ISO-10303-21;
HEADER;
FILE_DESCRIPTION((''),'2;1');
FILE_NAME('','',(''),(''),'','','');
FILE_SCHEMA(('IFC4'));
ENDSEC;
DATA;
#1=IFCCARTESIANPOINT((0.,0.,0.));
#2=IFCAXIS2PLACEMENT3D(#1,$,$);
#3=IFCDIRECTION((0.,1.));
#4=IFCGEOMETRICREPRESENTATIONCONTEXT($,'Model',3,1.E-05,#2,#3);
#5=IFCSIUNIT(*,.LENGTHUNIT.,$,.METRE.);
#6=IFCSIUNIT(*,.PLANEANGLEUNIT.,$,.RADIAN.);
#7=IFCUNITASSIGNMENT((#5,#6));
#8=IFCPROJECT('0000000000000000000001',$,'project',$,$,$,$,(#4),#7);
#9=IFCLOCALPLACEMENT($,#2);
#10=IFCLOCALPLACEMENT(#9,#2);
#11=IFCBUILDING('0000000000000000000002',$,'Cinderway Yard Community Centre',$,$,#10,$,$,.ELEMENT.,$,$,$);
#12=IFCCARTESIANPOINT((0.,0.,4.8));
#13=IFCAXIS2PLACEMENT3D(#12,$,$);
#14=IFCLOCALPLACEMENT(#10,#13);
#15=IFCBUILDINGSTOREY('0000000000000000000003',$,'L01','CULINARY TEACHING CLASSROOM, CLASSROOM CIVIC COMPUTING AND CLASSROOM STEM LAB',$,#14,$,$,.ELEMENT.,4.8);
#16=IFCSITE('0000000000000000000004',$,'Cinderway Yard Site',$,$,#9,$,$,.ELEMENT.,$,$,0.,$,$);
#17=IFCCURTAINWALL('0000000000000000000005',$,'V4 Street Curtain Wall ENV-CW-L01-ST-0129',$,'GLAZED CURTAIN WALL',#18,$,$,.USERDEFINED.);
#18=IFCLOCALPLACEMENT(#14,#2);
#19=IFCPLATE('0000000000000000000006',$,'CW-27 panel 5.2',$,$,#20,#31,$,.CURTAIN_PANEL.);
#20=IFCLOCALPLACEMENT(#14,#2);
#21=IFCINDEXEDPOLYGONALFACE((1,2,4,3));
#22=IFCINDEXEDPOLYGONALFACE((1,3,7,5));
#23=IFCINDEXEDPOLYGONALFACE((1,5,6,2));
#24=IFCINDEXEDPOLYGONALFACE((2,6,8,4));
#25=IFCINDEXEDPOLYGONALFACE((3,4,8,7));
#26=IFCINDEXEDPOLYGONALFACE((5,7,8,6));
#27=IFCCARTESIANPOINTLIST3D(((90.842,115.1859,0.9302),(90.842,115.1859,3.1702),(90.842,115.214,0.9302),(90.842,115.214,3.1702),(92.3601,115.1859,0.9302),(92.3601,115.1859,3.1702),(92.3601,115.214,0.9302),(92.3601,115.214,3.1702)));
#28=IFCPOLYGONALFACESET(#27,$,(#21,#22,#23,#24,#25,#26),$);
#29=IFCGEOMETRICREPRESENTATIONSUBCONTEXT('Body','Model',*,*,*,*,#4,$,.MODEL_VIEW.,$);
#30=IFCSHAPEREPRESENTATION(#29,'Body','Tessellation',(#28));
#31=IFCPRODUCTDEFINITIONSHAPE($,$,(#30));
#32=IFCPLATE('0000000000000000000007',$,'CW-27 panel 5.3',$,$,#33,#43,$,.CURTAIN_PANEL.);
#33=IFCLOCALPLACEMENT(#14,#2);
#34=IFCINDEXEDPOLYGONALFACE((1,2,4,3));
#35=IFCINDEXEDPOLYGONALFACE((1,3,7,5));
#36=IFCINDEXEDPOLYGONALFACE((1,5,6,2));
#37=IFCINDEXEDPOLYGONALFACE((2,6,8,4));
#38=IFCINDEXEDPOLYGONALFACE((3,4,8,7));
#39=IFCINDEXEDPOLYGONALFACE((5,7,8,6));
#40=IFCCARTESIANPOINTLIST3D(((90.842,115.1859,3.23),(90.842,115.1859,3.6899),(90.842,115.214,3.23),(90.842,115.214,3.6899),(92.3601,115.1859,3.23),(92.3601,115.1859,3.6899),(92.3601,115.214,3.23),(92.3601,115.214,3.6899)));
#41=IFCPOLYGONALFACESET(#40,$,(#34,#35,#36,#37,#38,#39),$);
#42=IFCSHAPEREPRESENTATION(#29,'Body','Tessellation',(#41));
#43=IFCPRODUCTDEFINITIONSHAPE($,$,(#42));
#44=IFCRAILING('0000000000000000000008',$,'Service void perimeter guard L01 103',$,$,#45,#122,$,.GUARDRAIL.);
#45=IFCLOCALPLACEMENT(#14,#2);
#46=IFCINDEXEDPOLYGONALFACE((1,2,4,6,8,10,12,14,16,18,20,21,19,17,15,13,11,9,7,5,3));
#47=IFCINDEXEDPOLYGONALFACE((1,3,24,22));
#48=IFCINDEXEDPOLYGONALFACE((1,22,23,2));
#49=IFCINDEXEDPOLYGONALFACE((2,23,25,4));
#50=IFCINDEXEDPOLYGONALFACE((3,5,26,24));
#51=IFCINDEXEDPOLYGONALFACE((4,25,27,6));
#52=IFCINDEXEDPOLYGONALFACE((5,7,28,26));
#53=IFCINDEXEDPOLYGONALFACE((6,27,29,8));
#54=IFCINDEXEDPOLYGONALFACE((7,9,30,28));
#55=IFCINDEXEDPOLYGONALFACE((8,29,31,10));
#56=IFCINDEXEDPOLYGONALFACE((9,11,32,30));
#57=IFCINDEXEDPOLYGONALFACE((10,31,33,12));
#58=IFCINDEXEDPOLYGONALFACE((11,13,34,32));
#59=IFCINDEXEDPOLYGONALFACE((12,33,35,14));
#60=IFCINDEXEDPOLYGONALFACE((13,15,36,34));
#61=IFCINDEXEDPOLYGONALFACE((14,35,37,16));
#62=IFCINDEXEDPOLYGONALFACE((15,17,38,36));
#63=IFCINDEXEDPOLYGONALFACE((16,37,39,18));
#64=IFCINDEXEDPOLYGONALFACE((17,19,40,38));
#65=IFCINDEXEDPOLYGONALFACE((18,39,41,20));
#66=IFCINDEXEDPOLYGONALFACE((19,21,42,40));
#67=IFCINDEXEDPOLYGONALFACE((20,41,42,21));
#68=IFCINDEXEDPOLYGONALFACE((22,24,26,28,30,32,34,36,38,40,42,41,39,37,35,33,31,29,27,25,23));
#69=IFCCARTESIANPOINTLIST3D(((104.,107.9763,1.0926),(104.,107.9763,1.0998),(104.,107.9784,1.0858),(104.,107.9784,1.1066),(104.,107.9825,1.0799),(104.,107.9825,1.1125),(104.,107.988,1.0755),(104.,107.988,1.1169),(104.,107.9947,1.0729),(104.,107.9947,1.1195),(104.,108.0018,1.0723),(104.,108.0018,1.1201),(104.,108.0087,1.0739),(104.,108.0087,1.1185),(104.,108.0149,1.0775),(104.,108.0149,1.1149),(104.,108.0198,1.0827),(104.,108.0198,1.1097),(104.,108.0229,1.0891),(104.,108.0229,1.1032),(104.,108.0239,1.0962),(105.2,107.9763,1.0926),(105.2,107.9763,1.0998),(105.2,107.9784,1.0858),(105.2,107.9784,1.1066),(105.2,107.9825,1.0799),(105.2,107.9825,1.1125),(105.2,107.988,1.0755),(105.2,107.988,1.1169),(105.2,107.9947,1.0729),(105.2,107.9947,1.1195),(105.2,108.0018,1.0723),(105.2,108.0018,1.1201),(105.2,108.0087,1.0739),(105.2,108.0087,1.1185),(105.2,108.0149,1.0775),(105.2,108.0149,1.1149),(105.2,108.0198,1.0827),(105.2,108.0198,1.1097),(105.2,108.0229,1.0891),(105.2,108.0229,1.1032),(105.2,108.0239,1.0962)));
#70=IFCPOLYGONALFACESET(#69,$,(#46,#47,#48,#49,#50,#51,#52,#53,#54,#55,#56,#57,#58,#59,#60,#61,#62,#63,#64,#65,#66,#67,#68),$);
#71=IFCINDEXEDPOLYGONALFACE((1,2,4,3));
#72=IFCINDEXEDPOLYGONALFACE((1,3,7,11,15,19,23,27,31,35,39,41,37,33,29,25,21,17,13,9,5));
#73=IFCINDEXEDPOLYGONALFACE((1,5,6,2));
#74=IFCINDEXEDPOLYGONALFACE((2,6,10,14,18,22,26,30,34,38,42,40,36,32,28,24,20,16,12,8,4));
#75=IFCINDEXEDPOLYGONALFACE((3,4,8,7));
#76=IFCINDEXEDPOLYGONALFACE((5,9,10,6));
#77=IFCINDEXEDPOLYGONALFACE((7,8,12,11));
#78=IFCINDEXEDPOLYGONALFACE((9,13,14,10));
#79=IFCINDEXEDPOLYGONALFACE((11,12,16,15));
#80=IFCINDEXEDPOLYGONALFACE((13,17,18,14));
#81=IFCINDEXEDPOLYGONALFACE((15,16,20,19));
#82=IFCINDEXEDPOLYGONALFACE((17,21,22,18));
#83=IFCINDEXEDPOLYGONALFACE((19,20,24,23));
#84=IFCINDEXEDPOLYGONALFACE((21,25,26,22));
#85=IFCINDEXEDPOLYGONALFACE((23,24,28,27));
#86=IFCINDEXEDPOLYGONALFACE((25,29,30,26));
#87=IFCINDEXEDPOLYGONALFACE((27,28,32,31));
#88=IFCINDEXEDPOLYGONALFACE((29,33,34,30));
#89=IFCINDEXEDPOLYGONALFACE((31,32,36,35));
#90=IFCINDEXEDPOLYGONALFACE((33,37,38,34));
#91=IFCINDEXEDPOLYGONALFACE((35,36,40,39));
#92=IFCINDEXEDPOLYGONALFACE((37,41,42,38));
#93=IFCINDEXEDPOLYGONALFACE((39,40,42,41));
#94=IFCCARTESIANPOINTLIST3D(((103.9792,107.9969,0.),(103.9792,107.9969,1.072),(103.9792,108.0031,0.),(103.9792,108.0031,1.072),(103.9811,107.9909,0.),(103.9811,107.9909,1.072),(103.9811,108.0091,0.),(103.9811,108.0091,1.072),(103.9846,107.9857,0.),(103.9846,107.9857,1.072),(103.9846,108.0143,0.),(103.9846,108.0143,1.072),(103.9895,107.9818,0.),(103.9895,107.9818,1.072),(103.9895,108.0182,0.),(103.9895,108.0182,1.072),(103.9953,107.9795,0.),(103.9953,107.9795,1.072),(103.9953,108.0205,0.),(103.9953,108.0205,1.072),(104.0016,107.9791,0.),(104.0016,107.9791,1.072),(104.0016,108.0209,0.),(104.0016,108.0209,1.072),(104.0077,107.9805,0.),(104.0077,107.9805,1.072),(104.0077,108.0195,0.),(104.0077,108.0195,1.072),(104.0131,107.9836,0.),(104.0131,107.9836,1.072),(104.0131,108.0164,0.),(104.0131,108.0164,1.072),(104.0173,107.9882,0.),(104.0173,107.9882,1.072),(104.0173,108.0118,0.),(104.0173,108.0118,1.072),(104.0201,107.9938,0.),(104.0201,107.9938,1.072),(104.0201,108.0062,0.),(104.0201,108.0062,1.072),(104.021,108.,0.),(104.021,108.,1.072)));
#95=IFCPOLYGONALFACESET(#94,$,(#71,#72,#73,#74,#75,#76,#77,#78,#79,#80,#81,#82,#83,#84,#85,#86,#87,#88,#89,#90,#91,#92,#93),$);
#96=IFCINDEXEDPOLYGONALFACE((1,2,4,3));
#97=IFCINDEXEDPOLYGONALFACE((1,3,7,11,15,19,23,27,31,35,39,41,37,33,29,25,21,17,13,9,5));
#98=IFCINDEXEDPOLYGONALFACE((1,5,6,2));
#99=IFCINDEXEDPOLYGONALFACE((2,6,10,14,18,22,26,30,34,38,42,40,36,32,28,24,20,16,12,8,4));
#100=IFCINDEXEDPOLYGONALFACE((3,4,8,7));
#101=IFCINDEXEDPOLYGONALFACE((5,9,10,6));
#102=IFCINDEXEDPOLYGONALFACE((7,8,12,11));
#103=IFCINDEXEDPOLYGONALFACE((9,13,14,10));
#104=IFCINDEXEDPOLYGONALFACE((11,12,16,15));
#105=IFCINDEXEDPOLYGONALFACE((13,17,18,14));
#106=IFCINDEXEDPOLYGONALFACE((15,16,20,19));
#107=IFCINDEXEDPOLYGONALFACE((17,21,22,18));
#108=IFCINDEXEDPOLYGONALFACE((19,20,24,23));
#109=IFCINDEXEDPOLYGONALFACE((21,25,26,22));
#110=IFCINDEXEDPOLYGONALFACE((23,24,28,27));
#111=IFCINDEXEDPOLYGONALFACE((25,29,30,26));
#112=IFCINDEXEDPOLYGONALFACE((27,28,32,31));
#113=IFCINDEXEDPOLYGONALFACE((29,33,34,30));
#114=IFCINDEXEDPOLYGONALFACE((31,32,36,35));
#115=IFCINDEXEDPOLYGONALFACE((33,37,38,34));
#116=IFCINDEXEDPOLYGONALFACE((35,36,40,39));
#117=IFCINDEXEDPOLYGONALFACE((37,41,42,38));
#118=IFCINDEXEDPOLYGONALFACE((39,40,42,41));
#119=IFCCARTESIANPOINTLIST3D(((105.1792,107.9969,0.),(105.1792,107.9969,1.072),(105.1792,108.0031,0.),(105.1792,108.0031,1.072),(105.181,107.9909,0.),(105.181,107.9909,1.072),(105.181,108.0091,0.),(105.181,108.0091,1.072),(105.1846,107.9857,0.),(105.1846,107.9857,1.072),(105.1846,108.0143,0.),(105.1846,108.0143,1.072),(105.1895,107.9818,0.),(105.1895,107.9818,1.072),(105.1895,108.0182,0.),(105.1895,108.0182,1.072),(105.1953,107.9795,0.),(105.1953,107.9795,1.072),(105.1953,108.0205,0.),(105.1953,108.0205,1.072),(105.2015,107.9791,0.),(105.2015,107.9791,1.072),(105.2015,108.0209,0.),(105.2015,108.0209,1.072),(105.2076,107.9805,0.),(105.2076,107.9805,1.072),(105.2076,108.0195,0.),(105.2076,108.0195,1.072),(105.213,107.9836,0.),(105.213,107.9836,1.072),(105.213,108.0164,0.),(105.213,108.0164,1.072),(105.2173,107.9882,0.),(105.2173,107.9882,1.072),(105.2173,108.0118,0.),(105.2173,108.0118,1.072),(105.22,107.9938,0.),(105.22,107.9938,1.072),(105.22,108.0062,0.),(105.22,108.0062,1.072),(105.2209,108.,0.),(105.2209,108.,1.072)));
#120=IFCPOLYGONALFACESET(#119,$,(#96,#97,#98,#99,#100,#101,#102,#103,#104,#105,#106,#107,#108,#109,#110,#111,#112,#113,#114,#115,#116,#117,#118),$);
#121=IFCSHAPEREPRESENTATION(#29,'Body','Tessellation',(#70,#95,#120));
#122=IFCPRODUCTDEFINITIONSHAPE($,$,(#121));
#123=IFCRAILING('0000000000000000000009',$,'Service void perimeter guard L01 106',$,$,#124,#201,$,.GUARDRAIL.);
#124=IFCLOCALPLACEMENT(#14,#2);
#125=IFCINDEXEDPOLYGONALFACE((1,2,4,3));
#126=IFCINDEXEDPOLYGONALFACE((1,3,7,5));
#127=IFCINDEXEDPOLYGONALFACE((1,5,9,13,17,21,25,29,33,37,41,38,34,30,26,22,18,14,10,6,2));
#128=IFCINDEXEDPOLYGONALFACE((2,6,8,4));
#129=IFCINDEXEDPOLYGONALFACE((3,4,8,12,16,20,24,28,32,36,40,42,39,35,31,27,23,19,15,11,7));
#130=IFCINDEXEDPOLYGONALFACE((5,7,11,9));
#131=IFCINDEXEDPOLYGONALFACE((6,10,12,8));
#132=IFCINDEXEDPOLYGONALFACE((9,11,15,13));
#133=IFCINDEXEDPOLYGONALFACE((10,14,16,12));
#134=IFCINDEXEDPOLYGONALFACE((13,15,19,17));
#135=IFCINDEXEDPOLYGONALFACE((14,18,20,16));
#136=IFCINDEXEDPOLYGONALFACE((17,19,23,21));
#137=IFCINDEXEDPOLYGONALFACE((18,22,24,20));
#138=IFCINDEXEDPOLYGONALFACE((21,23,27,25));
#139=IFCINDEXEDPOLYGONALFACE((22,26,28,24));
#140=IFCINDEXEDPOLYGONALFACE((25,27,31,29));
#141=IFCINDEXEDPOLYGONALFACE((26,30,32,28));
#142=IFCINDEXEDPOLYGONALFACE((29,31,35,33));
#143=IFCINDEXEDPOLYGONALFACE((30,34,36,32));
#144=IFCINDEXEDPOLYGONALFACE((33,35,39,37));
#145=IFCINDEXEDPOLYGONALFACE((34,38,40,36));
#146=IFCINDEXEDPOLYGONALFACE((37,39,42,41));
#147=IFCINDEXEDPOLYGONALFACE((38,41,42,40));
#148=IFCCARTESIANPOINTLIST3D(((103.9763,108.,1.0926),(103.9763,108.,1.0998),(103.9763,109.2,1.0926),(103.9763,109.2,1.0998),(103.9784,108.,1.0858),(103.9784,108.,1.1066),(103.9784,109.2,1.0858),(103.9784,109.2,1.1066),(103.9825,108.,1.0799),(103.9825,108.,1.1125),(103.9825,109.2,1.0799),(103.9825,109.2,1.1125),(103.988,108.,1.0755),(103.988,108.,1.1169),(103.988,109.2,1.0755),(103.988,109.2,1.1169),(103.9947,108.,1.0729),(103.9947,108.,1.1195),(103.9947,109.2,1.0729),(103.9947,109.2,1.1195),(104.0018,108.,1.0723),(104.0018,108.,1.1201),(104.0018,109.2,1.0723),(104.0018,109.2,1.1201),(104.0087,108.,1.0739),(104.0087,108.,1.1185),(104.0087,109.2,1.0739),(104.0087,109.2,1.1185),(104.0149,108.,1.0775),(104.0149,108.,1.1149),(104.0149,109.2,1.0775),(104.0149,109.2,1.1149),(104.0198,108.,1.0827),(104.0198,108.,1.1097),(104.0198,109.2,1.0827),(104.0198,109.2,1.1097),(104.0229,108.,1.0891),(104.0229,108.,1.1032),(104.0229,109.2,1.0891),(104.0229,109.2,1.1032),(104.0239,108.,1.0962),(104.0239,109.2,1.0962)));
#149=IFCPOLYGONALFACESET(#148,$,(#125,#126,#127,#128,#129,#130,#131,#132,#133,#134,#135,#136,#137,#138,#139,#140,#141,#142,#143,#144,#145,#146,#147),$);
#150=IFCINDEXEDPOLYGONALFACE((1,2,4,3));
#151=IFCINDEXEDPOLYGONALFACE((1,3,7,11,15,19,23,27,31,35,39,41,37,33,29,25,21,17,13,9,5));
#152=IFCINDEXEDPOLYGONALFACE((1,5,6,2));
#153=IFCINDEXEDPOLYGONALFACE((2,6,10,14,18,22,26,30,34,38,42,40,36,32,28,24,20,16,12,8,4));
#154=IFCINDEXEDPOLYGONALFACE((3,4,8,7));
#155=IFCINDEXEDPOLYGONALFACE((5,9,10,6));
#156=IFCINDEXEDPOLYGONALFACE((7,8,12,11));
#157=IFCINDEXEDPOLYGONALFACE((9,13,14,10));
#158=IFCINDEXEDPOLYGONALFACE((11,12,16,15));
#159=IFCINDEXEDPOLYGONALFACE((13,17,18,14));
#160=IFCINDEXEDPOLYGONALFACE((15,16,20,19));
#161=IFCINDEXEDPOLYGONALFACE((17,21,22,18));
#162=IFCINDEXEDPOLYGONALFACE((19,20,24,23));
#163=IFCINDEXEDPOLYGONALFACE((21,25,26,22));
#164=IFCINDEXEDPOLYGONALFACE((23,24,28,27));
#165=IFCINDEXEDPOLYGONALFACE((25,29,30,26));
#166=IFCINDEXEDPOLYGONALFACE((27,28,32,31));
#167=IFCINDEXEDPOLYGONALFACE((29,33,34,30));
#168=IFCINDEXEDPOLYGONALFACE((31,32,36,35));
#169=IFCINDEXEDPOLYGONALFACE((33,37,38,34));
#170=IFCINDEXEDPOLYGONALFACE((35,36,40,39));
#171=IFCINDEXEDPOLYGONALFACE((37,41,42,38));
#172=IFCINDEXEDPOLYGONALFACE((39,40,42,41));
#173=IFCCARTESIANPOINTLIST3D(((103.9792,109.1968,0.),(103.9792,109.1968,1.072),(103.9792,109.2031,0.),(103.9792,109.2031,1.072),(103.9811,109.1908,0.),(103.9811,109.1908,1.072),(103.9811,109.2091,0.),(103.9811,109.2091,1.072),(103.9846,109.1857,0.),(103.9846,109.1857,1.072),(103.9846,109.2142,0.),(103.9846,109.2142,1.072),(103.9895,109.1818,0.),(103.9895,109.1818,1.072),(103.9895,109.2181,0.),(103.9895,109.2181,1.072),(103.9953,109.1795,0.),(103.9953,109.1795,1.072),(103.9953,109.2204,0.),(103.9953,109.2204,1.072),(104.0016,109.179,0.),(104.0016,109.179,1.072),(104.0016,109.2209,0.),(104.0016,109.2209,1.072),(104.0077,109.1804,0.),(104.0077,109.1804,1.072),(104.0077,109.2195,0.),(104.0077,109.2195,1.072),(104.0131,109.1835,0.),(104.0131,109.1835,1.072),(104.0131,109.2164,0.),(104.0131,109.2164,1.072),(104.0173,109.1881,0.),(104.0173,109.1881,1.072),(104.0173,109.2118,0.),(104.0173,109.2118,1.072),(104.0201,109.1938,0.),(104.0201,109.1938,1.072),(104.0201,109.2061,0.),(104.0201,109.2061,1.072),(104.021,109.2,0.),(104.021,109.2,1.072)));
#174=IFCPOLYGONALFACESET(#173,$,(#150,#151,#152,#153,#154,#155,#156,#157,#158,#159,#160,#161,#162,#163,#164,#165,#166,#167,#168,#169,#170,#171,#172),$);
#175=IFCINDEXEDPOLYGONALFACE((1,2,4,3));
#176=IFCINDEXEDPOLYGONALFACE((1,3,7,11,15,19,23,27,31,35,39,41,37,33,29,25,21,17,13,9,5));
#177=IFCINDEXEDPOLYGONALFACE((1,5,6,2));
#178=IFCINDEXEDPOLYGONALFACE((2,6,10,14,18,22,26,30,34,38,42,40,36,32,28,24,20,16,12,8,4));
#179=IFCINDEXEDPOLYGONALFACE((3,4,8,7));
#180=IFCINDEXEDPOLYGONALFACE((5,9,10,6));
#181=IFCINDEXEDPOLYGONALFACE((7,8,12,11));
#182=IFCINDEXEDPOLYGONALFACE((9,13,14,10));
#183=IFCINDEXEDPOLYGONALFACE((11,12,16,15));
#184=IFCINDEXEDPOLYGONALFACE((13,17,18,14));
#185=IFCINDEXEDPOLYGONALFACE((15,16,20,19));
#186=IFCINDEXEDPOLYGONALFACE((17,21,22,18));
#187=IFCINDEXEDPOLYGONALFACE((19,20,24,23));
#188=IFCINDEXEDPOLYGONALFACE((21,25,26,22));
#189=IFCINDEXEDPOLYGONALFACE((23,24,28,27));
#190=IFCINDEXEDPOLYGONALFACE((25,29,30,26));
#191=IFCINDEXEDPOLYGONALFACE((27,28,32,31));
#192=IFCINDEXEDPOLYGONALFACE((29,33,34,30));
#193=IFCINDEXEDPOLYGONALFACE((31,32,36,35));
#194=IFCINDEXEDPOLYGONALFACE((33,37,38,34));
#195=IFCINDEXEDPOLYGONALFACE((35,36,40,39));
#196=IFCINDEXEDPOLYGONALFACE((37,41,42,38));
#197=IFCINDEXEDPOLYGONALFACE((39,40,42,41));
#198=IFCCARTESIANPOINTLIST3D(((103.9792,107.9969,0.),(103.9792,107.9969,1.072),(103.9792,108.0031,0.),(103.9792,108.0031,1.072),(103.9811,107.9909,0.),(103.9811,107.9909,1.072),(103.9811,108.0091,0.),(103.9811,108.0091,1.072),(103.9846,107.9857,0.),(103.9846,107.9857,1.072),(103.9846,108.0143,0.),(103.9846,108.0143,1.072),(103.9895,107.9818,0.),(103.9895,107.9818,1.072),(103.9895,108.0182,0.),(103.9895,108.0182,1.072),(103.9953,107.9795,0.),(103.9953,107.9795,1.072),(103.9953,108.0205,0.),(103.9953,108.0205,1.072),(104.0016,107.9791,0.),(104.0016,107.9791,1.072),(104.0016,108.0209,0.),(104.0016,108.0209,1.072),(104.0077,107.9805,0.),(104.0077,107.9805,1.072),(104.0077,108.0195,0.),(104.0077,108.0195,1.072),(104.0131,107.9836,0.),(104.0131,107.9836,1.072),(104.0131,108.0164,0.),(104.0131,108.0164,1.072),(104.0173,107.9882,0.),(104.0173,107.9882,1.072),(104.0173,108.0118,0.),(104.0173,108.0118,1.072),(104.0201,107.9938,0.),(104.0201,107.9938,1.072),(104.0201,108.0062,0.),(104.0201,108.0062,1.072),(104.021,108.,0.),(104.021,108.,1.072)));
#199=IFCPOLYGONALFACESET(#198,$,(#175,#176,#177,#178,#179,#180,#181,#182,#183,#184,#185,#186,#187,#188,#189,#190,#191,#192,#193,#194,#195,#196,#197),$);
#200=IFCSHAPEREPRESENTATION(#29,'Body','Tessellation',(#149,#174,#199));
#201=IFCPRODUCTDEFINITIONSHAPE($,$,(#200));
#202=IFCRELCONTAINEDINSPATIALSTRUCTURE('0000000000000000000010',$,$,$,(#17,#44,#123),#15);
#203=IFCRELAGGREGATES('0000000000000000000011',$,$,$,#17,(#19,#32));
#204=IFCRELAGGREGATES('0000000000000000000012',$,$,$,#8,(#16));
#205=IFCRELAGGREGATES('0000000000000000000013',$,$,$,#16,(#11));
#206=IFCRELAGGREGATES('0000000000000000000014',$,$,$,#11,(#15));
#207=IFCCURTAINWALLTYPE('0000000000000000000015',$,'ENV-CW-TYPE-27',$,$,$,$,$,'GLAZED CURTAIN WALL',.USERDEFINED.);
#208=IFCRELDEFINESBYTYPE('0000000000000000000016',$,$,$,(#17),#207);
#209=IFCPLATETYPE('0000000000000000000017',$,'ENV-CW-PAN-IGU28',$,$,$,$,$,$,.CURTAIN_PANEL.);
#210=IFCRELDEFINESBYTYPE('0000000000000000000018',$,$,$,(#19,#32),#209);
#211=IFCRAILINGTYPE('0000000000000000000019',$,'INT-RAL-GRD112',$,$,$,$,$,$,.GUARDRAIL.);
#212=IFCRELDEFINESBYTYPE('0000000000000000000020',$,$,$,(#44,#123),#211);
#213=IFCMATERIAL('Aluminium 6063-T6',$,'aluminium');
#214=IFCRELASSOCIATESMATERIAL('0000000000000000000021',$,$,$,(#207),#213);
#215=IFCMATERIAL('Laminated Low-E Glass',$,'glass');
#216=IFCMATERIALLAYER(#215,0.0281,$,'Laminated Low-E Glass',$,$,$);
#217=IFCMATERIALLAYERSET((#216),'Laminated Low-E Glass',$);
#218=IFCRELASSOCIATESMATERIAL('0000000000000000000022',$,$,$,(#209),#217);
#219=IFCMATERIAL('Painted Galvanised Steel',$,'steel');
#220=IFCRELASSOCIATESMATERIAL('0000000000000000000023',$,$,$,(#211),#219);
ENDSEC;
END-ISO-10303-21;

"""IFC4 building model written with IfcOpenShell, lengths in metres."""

from ifc_helpers import new_model, si_unit, direction, frame, origin, origin_2d, place, context, subcontext, project, spatial, rectangle, circle, extrude, material, layer, layer_set, type_object, element, aggregate, save


model = new_model("IFC4")

# Units and contexts
model_context = context("Model", 3, precision=1e-05, world=origin(), true_north=direction((0.0, 1.0)))
body_context = subcontext(model_context, "Body", "Model", "MODEL_VIEW")
ifc_project = project(units=[si_unit("LENGTHUNIT", "METRE"), si_unit("PLANEANGLEUNIT", "RADIAN")], contexts=[model_context])

# Site, building, storey
site_placement = place(None, origin())
site = spatial("IfcSite", under=ifc_project, at=site_placement, Name="Cinderway Yard Site", CompositionType="ELEMENT", RefElevation=0.0)
building_placement = place(site_placement, origin())
building = spatial("IfcBuilding", under=site, at=building_placement, Name="Cinderway Yard Community Centre", CompositionType="ELEMENT")
storey_placement = place(building_placement, frame((0.0, 0.0, 4.8)))
storey = spatial("IfcBuildingStorey", under=building, at=storey_placement, Name="L01", Description="CULINARY TEACHING CLASSROOM, CLASSROOM CIVIC COMPUTING AND CLASSROOM STEM LAB", CompositionType="ELEMENT", Elevation=4.8)

# Curtain wall
ifc_material_1 = material(Name="Aluminium 6063-T6", Category="aluminium")
curtain_wall_type = type_object("IfcCurtainWallType", Name="ENV-CW-TYPE-27", ElementType="GLAZED CURTAIN WALL", PredefinedType="USERDEFINED", material=ifc_material_1)
curtain_wall_placement = place(storey_placement, origin())
curtain_wall = element("IfcCurtainWall", 1, at=curtain_wall_placement, inside=storey, type_object=curtain_wall_type, Name="V4 Street Curtain Wall ENV-CW-L01-ST-0129", ObjectType="GLAZED CURTAIN WALL", PredefinedType="USERDEFINED")

# Plates
ifc_material_2 = material(Name="Laminated Low-E Glass", Category="glass")
ifc_layer = layer(ifc_material_2, 0.0281, Name="Laminated Low-E Glass")
ifc_layer_set = layer_set([ifc_layer], Name="Laminated Low-E Glass")
plate_type = type_object("IfcPlateType", Name="ENV-CW-PAN-IGU28", PredefinedType="CURTAIN_PANEL", material=ifc_layer_set)
plate_1_placement = place(storey_placement, frame((91.6011, 115.2, 0.9302), z_axis=(0.0, 0.0, 1.0), x_axis=(1.0, 0.0, 0.0)))
plate_1 = element("IfcPlate", 2, at=plate_1_placement, type_object=plate_type, Name="CW-27 panel 5.2", PredefinedType="CURTAIN_PANEL", context=body_context, shape_type="SweptSolid", body=[
    extrude(rectangle(XDim=1.5181, YDim=0.0281, at=origin_2d()), origin(), (0.0, 0.0, 1.0), 2.24),
])
plate_2_placement = place(storey_placement, frame((91.6011, 115.2, 3.23), z_axis=(0.0, 0.0, 1.0), x_axis=(1.0, 0.0, 0.0)))
plate_2 = element("IfcPlate", 3, at=plate_2_placement, type_object=plate_type, Name="CW-27 panel 5.3", PredefinedType="CURTAIN_PANEL", context=body_context, shape_type="SweptSolid", body=[
    extrude(rectangle(XDim=1.5181, YDim=0.0281, at=origin_2d()), origin(), (0.0, 0.0, 1.0), 0.46),
])
aggregate(curtain_wall, [plate_1, plate_2])

# Railings
ifc_material_3 = material(Name="Painted Galvanised Steel", Category="steel")
railing_type = type_object("IfcRailingType", Name="INT-RAL-GRD112", PredefinedType="GUARDRAIL", material=ifc_material_3)
railing_1_placement = place(storey_placement, frame((104.0, 108.0, 0.0)))
element("IfcRailing", 4, at=railing_1_placement, inside=storey, type_object=railing_type, Name="Service void perimeter guard L01 103", PredefinedType="GUARDRAIL", context=body_context, shape_type="SweptSolid", body=[
    extrude(circle(Radius=0.0239, at=origin_2d()), frame((0.0, 0.0, 1.0962), z_axis=(1.0, 0.0, 0.0), x_axis=(0.0, 1.0, 0.0)), (0.0, 0.0, 1.0), 1.2),
    extrude(circle(Radius=0.021, at=origin_2d()), origin(), (0.0, 0.0, 1.0), 1.072),
    extrude(circle(Radius=0.021, at=origin_2d()), frame((1.2, 0.0, 0.0)), (0.0, 0.0, 1.0), 1.072),
])
railing_2_placement = place(storey_placement, frame((104.0, 109.2, 0.0)))
element("IfcRailing", 5, at=railing_2_placement, inside=storey, type_object=railing_type, Name="Service void perimeter guard L01 106", PredefinedType="GUARDRAIL", context=body_context, shape_type="SweptSolid", body=[
    extrude(circle(Radius=0.0239, at=origin_2d()), frame((0.0, 0.0, 1.0962), z_axis=(0.0, -1.0, 0.0), x_axis=(1.0, 0.0, 0.0)), (0.0, 0.0, 1.0), 1.2),
    extrude(circle(Radius=0.021, at=origin_2d()), origin(), (0.0, 0.0, 1.0), 1.072),
    extrude(circle(Radius=0.021, at=origin_2d()), frame((0.0, -1.2, 0.0)), (0.0, 0.0, 1.0), 1.072),
])

save(model, "model.ifc")
